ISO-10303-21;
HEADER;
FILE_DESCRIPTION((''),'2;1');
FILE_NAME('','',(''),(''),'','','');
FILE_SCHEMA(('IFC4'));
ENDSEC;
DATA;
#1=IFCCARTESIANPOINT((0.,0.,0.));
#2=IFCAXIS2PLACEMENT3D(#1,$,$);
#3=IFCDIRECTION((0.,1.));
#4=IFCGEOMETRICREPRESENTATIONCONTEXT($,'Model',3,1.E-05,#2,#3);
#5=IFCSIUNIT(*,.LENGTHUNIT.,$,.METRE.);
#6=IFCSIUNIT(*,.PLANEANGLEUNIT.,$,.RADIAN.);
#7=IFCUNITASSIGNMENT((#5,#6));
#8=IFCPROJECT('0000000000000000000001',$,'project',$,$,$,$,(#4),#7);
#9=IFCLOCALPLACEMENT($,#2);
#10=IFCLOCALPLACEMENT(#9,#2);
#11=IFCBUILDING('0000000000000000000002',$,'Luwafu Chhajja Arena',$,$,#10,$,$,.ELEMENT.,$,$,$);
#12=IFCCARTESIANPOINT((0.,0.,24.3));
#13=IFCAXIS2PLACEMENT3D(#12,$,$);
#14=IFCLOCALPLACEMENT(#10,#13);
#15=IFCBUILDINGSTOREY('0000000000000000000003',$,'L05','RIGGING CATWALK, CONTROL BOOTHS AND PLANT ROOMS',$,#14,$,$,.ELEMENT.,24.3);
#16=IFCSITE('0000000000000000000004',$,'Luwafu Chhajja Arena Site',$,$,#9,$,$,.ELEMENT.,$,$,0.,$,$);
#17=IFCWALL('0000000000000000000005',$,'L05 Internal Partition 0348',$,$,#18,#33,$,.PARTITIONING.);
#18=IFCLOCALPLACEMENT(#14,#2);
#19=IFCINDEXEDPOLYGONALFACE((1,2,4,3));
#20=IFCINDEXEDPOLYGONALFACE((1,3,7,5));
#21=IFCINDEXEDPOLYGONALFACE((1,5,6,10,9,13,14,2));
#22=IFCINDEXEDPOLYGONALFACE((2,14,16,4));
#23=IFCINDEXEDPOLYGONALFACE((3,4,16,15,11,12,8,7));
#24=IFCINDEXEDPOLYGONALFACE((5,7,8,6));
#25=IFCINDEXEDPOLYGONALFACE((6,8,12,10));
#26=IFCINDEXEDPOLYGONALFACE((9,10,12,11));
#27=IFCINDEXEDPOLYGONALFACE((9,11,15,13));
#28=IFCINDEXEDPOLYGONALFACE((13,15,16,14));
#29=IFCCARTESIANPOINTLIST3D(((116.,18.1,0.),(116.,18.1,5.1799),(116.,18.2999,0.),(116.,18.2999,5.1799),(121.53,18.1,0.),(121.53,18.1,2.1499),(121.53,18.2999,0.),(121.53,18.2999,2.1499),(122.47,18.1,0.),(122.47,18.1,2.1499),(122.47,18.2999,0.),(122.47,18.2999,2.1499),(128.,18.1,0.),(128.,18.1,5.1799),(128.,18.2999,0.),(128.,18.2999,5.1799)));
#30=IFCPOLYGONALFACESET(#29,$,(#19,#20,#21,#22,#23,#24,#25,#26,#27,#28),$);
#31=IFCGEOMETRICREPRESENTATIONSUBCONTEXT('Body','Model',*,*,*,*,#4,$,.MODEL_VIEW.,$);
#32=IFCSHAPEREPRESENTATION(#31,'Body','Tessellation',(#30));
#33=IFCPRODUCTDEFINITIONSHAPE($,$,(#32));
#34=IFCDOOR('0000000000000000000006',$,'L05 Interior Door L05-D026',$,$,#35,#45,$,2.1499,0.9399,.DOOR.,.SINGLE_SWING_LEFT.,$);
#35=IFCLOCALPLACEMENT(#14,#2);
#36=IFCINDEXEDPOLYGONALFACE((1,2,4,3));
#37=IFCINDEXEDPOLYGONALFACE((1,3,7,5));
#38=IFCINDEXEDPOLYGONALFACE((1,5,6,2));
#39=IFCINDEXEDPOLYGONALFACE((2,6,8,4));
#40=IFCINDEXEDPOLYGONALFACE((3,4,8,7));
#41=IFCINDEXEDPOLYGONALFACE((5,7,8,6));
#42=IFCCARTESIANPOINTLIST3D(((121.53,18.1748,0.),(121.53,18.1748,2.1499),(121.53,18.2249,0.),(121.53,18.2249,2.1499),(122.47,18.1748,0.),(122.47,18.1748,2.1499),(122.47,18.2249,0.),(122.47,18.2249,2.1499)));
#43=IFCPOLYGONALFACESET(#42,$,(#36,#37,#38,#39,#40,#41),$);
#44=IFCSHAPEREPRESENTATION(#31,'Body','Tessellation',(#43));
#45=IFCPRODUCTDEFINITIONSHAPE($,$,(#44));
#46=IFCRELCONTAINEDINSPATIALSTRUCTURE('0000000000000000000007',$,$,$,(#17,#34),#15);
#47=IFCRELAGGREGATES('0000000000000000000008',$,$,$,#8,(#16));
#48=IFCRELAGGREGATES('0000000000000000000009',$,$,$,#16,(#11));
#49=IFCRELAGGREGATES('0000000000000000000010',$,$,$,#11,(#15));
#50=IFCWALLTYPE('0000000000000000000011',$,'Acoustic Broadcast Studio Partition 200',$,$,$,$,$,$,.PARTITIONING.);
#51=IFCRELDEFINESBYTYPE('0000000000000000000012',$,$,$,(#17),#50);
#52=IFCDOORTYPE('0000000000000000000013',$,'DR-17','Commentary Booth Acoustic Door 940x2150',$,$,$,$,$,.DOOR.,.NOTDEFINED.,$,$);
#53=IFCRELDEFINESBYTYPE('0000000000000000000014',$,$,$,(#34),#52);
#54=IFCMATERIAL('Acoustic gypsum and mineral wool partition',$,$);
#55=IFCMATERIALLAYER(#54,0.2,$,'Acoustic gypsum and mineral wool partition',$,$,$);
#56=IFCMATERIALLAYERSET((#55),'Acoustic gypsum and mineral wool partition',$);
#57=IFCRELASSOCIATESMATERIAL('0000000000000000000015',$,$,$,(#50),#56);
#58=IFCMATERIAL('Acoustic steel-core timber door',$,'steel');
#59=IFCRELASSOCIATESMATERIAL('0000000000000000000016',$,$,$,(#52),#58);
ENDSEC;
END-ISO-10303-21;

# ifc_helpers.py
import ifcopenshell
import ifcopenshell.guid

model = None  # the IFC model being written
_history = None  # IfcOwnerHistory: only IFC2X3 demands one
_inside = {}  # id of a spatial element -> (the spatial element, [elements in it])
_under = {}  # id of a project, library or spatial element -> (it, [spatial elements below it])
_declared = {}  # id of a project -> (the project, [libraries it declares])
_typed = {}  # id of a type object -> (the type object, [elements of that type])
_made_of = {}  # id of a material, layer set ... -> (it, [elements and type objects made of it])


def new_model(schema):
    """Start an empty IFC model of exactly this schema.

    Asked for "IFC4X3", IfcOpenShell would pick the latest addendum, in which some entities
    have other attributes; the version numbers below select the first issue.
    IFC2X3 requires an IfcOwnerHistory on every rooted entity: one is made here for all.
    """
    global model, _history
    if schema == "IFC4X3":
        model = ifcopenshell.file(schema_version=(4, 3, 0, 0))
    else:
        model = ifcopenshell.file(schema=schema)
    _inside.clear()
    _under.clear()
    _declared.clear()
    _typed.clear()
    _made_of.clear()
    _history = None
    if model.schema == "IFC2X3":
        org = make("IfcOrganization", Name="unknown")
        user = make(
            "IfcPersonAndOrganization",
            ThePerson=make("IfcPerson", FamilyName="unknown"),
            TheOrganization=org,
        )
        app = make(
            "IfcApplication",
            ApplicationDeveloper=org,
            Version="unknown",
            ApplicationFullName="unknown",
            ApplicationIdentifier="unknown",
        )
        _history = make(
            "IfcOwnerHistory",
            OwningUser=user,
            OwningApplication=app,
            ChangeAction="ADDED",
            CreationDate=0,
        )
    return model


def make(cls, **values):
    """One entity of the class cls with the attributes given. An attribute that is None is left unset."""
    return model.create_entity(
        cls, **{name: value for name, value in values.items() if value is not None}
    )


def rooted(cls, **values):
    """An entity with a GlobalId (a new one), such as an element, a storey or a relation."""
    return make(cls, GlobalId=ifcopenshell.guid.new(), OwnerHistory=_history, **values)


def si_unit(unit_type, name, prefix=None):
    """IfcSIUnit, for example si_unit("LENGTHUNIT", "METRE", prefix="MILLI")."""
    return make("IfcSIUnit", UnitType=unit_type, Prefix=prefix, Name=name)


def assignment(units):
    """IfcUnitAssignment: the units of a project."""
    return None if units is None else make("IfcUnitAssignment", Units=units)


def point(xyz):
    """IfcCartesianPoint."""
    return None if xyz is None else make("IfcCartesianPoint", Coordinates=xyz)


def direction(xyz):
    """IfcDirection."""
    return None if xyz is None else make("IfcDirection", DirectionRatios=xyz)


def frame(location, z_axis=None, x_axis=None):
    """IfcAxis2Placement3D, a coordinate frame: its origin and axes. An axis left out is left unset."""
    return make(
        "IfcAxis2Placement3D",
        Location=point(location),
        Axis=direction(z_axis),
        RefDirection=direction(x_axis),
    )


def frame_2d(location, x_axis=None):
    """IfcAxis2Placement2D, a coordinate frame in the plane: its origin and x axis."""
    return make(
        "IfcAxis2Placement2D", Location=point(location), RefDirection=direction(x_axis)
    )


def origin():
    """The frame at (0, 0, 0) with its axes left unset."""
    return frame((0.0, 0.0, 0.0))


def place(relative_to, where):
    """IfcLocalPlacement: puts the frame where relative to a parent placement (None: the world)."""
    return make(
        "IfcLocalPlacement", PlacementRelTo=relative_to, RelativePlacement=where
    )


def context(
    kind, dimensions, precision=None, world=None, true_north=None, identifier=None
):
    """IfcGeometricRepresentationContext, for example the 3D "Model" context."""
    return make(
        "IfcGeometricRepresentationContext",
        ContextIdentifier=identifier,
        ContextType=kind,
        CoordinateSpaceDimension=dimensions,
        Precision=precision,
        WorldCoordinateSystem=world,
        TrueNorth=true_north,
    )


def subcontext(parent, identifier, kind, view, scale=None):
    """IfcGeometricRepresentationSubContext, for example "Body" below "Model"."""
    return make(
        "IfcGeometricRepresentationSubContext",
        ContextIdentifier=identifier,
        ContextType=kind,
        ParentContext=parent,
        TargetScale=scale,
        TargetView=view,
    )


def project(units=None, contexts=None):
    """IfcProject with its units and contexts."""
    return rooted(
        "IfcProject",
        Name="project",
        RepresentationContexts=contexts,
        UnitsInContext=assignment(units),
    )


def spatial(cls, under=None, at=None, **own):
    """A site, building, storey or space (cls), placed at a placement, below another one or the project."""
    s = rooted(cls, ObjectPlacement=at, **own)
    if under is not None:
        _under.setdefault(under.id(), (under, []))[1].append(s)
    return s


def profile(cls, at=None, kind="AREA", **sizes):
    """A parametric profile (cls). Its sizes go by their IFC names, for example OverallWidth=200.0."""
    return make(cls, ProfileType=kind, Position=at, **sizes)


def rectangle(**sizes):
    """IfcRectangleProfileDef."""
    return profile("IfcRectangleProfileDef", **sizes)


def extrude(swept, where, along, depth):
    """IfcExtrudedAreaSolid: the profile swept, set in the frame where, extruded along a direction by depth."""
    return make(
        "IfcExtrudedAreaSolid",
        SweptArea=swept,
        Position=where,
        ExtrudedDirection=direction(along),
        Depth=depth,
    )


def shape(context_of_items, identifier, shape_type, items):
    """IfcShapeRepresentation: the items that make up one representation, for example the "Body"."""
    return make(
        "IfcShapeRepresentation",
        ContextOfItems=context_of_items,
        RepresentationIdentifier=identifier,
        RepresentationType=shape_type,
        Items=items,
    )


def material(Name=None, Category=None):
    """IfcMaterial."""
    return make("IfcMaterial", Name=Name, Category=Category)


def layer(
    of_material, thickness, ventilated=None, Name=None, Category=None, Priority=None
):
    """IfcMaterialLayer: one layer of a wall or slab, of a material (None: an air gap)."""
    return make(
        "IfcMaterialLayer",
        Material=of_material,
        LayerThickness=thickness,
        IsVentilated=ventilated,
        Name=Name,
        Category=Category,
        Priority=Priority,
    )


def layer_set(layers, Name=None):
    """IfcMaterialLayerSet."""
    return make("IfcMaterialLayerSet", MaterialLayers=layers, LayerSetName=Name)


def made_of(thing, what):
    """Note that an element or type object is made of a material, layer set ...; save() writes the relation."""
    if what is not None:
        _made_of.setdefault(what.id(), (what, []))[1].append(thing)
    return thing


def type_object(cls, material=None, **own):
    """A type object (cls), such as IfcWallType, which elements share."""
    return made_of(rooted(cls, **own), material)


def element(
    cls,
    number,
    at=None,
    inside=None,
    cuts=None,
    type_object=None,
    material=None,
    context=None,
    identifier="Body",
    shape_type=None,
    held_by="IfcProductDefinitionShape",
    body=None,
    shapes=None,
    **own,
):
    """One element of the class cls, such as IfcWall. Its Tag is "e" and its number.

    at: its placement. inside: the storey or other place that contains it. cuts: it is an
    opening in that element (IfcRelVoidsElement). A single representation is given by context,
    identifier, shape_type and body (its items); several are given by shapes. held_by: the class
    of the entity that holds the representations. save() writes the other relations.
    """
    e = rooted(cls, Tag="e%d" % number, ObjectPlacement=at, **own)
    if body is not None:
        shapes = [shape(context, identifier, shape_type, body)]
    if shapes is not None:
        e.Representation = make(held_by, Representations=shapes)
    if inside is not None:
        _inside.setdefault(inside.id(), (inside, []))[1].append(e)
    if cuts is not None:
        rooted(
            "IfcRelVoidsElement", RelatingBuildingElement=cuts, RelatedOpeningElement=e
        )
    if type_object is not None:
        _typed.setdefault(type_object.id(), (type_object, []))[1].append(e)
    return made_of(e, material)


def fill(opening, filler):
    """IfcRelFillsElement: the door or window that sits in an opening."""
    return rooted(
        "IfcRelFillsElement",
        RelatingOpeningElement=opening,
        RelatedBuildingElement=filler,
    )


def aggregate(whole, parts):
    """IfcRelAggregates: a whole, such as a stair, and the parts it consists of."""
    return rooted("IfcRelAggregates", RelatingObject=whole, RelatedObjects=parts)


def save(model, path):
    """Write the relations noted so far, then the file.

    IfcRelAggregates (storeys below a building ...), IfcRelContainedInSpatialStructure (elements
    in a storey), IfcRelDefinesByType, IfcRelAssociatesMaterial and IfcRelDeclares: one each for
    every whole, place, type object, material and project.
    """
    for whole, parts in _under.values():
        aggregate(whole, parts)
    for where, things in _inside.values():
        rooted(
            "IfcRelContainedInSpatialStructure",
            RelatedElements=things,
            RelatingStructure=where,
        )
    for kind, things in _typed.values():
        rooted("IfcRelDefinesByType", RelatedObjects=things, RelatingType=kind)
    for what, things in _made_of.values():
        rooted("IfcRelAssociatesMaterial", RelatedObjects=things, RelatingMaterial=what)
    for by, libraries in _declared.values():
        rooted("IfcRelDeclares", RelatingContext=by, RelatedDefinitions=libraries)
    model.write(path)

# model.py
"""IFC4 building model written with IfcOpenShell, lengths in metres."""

from ifc_helpers import new_model, si_unit, direction, frame, frame_2d, origin, place, context, subcontext, project, spatial, rectangle, extrude, material, layer, layer_set, type_object, element, fill, save


model = new_model("IFC4")

# Units and contexts
model_context = context("Model", 3, precision=1e-05, world=origin(), true_north=direction((0.0, 1.0)))
body_context = subcontext(model_context, "Body", "Model", "MODEL_VIEW")
ifc_project = project(units=[si_unit("LENGTHUNIT", "METRE"), si_unit("PLANEANGLEUNIT", "RADIAN")], contexts=[model_context])

# Site, building, storey
site_placement = place(None, origin())
site = spatial("IfcSite", under=ifc_project, at=site_placement, Name="Luwafu Chhajja Arena Site", CompositionType="ELEMENT", RefElevation=0.0)
building_placement = place(site_placement, origin())
building = spatial("IfcBuilding", under=site, at=building_placement, Name="Luwafu Chhajja Arena", CompositionType="ELEMENT")
storey_placement = place(building_placement, frame((0.0, 0.0, 24.3)))
storey = spatial("IfcBuildingStorey", under=building, at=storey_placement, Name="L05", Description="RIGGING CATWALK, CONTROL BOOTHS AND PLANT ROOMS", CompositionType="ELEMENT", Elevation=24.3)

# Wall, opening, door
ifc_material_1 = material(Name="Acoustic gypsum and mineral wool partition")
ifc_layer_1 = layer(ifc_material_1, 0.2, Name="Acoustic gypsum and mineral wool partition")
ifc_layer_set_1 = layer_set([ifc_layer_1], Name="Acoustic gypsum and mineral wool partition")
wall_type = type_object("IfcWallType", Name="Acoustic Broadcast Studio Partition 200", PredefinedType="PARTITIONING", material=ifc_layer_set_1)
ifc_material_2 = material(Name="Acoustic steel-core timber door", Category="steel")
wall_1_placement = place(storey_placement, frame((116.0, 18.2, 0.0), z_axis=(0.0, 0.0, 1.0), x_axis=(1.0, 0.0, 0.0)))
wall_1 = element("IfcWall", 1, at=wall_1_placement, inside=storey, type_object=wall_type, Name="L05 Internal Partition 0348", PredefinedType="PARTITIONING", context=body_context, shape_type="SweptSolid", body=[
    extrude(rectangle(XDim=12.0, YDim=0.2, at=frame_2d((6.0, 0.0))), origin(), (0.0, 0.0, 1.0), 5.1799),
])
opening_1_placement = place(wall_1_placement, frame((5.53, 0.0, 0.0)))
opening_1 = element("IfcOpeningElement", 2, at=opening_1_placement, cuts=wall_1, PredefinedType="OPENING", context=body_context, shape_type="SweptSolid", body=[
    extrude(rectangle(XDim=0.9399, YDim=2.1499, at=frame_2d((0.47, 1.075))), frame((0.0, 0.1099, 0.0), z_axis=(0.0, -1.0, 0.0), x_axis=(1.0, 0.0, 0.0)), (0.0, 0.0, 1.0), 0.22),
])
door_type_1 = type_object("IfcDoorType", Name="DR-17", Description="Commentary Booth Acoustic Door 940x2150", OperationType="NOTDEFINED", PredefinedType="DOOR", material=ifc_material_2)
door_1_placement = place(opening_1_placement, origin())
door_1 = element("IfcDoor", 3, at=door_1_placement, inside=storey, type_object=door_type_1, Name="L05 Interior Door L05-D026", OperationType="SINGLE_SWING_LEFT", OverallHeight=2.1499, OverallWidth=0.9399, PredefinedType="DOOR", context=body_context, shape_type="SweptSolid", body=[
    extrude(rectangle(XDim=0.9399, YDim=2.1499, at=frame_2d((0.47, 1.075))), frame((0.0, 0.0249, 0.0), z_axis=(0.0, -1.0, 0.0), x_axis=(1.0, 0.0, 0.0)), (0.0, 0.0, 1.0), 0.05),
])
fill(opening_1, door_1)

save(model, "model.ifc")
